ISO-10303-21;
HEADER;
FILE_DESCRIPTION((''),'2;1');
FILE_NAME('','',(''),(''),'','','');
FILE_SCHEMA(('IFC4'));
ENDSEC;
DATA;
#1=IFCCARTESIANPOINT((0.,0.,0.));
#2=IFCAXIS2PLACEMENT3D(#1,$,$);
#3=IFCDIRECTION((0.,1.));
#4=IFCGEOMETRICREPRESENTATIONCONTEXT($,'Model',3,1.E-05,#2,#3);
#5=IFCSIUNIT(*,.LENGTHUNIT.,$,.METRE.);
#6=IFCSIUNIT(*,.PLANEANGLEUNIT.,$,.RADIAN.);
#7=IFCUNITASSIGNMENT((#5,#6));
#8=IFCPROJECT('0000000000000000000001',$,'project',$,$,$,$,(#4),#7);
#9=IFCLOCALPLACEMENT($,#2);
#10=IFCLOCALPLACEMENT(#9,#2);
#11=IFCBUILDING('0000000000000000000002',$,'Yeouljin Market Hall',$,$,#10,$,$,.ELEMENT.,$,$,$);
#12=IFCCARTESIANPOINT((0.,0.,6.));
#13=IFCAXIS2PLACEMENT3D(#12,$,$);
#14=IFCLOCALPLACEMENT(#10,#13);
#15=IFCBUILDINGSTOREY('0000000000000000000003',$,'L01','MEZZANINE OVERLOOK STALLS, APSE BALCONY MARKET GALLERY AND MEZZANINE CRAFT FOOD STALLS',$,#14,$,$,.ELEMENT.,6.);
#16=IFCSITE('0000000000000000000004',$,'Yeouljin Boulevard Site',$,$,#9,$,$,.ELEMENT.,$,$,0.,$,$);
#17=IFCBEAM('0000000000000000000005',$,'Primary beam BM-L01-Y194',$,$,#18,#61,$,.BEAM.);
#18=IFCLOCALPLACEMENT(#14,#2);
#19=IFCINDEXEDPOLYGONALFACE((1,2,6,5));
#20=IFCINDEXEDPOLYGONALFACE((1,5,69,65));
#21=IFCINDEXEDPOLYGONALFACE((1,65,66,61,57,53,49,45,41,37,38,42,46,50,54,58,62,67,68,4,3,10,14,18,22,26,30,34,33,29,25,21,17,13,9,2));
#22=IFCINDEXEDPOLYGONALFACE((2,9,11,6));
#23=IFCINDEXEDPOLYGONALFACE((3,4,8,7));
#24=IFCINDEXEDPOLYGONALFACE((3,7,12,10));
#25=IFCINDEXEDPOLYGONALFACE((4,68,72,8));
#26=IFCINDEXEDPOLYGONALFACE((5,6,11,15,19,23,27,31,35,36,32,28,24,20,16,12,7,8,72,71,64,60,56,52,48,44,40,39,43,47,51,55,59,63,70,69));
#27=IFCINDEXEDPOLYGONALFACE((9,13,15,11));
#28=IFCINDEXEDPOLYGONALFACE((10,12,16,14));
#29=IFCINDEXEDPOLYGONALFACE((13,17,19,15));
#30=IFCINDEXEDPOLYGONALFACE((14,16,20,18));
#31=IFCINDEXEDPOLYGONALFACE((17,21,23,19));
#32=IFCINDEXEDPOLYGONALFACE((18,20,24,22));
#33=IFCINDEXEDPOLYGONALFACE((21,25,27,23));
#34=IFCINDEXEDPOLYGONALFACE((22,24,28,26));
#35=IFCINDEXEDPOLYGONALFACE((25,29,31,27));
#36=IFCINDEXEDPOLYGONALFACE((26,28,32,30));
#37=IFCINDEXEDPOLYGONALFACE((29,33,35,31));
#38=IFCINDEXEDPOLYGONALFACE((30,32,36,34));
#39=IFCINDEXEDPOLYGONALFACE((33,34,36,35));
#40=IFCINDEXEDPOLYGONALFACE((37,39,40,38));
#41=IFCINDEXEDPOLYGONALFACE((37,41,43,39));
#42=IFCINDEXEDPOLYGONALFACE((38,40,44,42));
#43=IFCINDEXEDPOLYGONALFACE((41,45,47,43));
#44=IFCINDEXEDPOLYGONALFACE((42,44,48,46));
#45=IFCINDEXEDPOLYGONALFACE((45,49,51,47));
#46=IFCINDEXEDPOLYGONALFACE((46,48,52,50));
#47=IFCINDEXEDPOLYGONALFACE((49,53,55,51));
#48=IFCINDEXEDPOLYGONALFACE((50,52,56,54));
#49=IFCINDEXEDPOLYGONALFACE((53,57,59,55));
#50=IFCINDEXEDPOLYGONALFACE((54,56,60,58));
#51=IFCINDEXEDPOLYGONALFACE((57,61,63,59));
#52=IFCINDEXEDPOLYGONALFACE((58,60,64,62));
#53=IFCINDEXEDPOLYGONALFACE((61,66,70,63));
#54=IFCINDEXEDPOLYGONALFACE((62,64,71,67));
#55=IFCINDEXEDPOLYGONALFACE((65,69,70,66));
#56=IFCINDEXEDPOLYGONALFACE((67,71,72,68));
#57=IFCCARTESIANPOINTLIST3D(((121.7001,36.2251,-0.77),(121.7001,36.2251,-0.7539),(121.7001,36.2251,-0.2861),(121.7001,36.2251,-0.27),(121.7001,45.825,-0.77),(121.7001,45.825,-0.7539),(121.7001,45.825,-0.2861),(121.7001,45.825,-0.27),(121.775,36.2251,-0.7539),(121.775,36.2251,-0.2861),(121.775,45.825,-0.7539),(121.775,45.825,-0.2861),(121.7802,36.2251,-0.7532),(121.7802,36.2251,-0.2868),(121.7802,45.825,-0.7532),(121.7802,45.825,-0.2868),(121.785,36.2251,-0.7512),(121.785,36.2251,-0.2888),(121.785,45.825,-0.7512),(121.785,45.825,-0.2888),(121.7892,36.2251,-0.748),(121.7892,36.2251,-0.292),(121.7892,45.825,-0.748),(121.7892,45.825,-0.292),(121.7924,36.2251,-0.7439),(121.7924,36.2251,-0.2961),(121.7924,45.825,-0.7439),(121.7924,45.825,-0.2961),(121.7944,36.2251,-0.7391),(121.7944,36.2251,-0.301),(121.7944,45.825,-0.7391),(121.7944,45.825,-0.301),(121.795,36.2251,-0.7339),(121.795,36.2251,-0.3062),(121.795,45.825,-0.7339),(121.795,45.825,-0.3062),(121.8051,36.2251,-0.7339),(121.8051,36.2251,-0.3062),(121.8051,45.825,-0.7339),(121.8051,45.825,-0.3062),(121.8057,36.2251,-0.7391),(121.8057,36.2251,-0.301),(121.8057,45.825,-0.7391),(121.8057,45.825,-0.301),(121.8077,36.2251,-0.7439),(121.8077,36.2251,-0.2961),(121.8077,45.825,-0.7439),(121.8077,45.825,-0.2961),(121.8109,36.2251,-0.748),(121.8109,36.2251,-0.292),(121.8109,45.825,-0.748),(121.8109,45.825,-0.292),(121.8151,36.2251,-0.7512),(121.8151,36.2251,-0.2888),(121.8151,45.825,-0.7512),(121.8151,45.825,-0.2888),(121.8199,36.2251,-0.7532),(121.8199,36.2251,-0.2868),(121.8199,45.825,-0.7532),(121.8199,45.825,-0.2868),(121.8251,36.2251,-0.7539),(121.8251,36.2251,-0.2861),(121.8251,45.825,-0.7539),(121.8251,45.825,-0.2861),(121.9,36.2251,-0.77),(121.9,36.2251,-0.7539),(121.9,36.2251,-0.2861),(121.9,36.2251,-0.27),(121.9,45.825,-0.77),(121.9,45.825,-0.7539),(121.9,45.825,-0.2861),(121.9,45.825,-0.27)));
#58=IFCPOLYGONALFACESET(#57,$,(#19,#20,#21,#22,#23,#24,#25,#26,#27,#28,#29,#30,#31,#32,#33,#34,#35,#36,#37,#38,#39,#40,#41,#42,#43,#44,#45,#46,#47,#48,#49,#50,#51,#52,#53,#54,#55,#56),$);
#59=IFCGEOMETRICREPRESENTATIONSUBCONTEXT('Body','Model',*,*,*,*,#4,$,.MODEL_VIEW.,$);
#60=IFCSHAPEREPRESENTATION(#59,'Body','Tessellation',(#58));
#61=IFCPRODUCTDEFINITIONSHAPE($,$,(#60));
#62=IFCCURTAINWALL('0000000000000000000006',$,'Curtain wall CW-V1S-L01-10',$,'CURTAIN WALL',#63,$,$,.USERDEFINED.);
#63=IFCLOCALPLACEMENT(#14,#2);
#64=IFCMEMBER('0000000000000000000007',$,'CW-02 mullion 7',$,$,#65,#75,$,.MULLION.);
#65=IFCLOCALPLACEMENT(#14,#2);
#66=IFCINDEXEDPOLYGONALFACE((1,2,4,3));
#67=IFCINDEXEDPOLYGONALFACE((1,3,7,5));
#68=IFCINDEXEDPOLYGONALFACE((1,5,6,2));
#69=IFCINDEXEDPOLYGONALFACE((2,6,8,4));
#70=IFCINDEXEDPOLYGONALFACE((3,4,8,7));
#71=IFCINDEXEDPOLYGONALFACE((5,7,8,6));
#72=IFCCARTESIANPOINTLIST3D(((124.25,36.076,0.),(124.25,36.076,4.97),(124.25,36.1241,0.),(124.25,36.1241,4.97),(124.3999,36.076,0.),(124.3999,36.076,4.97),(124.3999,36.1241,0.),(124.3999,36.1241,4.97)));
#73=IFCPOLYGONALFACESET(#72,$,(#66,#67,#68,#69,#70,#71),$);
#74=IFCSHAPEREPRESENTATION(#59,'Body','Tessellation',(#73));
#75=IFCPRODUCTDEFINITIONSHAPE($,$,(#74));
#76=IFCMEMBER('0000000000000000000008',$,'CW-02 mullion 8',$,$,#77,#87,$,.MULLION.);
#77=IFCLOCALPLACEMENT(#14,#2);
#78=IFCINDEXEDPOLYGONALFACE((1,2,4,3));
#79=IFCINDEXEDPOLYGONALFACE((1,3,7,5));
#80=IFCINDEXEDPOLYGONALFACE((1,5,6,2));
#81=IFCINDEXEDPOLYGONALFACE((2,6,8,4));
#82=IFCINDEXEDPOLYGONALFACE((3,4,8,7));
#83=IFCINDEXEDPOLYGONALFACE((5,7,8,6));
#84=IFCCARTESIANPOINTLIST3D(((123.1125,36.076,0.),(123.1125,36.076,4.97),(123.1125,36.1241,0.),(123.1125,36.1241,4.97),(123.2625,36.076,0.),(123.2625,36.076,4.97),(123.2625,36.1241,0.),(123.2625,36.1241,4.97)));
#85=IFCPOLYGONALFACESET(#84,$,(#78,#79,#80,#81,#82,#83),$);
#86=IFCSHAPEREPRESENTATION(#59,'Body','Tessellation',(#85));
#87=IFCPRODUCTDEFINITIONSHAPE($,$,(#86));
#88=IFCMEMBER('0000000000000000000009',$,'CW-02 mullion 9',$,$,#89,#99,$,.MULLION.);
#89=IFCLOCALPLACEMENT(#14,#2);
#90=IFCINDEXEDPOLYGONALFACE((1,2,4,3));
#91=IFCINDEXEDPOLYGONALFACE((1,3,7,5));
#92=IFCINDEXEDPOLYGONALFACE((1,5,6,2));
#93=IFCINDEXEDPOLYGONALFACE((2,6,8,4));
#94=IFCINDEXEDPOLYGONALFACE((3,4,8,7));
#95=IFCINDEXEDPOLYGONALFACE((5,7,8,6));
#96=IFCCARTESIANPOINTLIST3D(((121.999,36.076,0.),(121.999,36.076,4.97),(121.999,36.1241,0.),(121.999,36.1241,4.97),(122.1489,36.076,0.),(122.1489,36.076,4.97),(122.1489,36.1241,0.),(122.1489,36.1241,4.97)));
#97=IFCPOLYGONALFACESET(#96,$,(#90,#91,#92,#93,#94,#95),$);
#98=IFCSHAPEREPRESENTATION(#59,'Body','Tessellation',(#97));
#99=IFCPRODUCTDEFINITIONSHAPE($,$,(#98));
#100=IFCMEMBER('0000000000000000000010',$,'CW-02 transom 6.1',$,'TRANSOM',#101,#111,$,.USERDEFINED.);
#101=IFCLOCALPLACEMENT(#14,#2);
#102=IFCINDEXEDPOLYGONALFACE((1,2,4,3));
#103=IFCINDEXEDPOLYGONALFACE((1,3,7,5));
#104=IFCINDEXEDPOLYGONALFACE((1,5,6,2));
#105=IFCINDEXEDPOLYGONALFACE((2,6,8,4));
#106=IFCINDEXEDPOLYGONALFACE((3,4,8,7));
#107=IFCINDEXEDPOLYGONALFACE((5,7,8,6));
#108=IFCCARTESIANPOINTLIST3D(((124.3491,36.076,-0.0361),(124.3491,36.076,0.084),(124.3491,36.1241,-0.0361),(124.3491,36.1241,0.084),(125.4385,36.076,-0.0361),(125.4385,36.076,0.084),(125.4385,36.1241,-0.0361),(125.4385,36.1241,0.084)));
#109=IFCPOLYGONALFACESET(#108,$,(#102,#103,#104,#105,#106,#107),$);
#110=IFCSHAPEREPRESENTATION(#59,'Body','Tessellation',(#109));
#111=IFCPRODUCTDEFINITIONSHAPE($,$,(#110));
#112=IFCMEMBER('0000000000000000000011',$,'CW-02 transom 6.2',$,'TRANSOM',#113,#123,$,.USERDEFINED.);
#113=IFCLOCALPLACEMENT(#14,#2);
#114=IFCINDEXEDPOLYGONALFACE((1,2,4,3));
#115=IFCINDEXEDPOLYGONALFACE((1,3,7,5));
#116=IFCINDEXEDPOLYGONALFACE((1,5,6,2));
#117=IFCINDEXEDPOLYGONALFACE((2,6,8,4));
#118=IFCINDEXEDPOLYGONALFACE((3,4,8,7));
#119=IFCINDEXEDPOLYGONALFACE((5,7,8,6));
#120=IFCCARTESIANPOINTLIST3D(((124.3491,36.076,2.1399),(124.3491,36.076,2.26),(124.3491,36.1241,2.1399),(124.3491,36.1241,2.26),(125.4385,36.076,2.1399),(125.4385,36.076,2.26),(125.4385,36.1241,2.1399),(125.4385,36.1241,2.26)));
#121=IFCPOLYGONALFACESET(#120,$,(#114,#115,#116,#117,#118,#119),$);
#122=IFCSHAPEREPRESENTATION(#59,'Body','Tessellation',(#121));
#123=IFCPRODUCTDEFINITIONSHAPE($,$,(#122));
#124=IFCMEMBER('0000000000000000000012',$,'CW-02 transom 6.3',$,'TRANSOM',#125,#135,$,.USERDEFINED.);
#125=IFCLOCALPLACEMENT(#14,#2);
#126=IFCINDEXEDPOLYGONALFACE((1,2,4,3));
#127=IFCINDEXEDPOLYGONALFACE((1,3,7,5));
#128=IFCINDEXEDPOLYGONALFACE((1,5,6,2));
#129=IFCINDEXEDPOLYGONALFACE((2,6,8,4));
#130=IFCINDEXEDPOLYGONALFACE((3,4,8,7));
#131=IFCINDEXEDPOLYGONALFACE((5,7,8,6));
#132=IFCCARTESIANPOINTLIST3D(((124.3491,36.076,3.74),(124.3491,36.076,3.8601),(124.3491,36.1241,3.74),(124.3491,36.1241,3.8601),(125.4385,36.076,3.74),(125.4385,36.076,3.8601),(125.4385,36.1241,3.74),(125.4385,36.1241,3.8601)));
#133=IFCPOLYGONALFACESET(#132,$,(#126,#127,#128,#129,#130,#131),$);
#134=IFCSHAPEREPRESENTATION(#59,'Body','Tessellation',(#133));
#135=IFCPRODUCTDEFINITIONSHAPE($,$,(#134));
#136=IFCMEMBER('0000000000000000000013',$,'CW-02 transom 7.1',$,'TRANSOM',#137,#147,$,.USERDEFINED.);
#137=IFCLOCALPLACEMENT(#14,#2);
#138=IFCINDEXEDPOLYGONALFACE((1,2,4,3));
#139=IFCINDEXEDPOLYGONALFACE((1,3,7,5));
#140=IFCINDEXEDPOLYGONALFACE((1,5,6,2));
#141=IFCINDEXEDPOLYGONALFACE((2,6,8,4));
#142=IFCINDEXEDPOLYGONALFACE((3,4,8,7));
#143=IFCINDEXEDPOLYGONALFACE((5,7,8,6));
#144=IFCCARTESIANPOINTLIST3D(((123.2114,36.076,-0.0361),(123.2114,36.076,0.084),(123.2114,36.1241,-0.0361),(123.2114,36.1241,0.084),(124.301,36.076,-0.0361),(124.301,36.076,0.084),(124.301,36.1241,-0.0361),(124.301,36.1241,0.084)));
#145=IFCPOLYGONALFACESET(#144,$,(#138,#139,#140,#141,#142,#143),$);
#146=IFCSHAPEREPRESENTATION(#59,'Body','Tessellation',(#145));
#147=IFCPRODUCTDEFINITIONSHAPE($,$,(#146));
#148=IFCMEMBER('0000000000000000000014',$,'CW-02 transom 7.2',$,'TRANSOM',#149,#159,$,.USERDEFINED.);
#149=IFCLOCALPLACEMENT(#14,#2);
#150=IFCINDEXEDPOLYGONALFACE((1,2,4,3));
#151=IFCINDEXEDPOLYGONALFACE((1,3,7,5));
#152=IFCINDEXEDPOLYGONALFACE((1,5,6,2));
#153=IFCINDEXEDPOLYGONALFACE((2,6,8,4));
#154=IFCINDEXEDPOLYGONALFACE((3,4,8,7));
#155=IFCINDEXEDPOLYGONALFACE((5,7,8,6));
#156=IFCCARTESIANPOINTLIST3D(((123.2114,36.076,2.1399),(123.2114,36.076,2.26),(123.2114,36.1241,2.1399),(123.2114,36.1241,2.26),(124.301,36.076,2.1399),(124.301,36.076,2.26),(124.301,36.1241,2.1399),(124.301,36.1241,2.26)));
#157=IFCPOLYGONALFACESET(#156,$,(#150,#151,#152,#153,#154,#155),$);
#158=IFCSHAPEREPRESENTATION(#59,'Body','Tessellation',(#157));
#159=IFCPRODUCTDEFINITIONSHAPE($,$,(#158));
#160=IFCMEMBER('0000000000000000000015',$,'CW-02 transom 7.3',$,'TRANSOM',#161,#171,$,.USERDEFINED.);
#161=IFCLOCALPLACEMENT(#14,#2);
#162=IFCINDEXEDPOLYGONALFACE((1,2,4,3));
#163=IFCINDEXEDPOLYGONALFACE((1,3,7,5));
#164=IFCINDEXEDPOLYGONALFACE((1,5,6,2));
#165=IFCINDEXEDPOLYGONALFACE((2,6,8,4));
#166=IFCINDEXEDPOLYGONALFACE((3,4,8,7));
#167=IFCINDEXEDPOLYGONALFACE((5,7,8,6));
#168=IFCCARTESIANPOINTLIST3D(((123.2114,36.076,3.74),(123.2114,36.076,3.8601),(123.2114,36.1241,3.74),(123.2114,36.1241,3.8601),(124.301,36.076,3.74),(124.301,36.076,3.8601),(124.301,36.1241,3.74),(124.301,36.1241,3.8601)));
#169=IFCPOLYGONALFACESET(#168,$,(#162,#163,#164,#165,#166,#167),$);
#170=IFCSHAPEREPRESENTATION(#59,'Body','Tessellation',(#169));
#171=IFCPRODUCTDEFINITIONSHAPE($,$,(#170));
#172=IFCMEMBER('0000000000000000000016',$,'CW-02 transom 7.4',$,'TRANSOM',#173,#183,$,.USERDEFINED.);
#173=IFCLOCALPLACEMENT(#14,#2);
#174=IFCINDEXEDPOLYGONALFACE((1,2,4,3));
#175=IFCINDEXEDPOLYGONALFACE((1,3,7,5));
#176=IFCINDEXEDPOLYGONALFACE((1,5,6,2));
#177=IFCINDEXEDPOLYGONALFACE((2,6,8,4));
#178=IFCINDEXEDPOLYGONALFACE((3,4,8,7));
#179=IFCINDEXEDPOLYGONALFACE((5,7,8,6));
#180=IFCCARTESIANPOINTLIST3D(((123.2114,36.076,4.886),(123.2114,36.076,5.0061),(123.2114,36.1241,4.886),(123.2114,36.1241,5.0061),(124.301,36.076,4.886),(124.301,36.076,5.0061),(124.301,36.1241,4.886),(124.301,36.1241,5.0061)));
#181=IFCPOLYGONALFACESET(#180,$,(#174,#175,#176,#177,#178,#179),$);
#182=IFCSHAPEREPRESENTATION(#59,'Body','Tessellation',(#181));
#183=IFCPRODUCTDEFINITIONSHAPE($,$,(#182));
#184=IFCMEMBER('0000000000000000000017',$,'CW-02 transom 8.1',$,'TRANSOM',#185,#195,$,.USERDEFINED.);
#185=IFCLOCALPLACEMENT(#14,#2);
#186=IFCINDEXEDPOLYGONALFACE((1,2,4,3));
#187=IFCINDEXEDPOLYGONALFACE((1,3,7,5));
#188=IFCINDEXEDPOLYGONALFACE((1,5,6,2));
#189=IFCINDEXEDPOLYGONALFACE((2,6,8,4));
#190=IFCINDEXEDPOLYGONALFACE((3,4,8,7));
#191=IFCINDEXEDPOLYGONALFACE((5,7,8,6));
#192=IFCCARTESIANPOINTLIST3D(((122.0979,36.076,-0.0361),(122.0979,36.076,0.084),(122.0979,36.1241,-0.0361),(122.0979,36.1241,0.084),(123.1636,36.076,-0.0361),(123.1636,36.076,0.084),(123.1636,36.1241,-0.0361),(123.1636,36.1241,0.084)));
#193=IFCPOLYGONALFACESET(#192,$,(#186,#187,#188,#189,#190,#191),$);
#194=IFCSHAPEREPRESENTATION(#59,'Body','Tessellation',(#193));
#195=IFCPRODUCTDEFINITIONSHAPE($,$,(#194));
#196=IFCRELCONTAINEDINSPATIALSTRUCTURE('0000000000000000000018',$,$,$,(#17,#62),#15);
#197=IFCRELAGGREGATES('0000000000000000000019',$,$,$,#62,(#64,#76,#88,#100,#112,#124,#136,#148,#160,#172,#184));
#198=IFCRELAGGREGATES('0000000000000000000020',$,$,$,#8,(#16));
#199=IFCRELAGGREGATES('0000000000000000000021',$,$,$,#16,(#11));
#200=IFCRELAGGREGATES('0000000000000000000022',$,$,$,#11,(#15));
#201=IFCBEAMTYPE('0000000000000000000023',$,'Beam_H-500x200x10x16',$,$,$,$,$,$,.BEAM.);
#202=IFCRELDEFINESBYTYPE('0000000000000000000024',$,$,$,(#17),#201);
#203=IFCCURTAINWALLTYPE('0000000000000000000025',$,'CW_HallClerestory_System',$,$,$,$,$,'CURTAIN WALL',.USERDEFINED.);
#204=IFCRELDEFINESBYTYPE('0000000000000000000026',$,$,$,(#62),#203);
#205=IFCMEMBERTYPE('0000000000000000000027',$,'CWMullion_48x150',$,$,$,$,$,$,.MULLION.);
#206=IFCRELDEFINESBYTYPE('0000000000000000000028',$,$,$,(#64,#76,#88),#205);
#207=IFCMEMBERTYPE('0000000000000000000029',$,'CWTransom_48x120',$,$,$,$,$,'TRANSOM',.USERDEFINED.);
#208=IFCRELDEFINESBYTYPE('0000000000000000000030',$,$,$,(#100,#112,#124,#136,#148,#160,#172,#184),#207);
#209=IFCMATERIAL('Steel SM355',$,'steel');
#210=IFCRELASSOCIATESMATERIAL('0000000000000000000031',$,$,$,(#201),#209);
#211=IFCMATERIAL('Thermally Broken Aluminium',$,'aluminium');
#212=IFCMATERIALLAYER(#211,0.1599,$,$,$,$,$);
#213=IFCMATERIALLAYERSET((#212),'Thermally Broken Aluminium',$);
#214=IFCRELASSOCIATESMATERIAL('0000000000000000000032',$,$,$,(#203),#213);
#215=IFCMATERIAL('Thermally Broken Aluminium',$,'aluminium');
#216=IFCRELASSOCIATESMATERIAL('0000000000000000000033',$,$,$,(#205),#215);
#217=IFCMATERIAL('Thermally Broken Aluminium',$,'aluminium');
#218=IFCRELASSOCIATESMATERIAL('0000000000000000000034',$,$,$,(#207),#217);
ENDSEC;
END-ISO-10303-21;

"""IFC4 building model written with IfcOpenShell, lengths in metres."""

from ifc_helpers import new_model, si_unit, direction, frame, origin, origin_2d, place, context, subcontext, project, spatial, rectangle, i_section, extrude, material, layer, layer_set, material_profile, profile_set, type_object, element, aggregate, save


model = new_model("IFC4")

# Units and contexts
model_context = context("Model", 3, precision=1e-05, world=origin(), true_north=direction((0.0, 1.0)))
body_context = subcontext(model_context, "Body", "Model", "MODEL_VIEW")
ifc_project = project(units=[si_unit("LENGTHUNIT", "METRE"), si_unit("PLANEANGLEUNIT", "RADIAN")], contexts=[model_context])

# Site, building, storey
site_placement = place(None, origin())
site = spatial("IfcSite", under=ifc_project, at=site_placement, Name="Yeouljin Boulevard Site", CompositionType="ELEMENT", RefElevation=0.0)
building_placement = place(site_placement, origin())
building = spatial("IfcBuilding", under=site, at=building_placement, Name="Yeouljin Market Hall", CompositionType="ELEMENT")
storey_placement = place(building_placement, frame((0.0, 0.0, 6.0)))
storey = spatial("IfcBuildingStorey", under=building, at=storey_placement, Name="L01", Description="MEZZANINE OVERLOOK STALLS, APSE BALCONY MARKET GALLERY AND MEZZANINE CRAFT FOOD STALLS", CompositionType="ELEMENT", Elevation=6.0)

# Beam
ifc_material_1 = material(Name="Steel SM355", Category="steel")
ifc_material_profile_1 = material_profile(ifc_material_1, i_section(OverallWidth=0.2, OverallDepth=0.5, WebThickness=0.01, FlangeThickness=0.0161, FilletRadius=0.02, at=origin_2d()), Name="H-500x200x10x16")
ifc_profile_set_1 = profile_set([ifc_material_profile_1], Name="Steel SM355")
beam_type_1 = type_object("IfcBeamType", Name="Beam_H-500x200x10x16", PredefinedType="BEAM", material=ifc_profile_set_1)
beam_1_placement = place(storey_placement, frame((121.8, 36.2251, -0.52), z_axis=(0.0, 1.0, 0.0), x_axis=(-1.0, 0.0, 0.0)))
element("IfcBeam", 1, at=beam_1_placement, inside=storey, type_object=beam_type_1, Name="Primary beam BM-L01-Y194", PredefinedType="BEAM", context=body_context, shape_type="SweptSolid", body=[
    extrude(i_section(OverallWidth=0.2, OverallDepth=0.5, WebThickness=0.01, FlangeThickness=0.0161, FilletRadius=0.02, at=origin_2d()), origin(), (0.0, 0.0, 1.0), 9.5999),
])

# Curtain wall, members
ifc_material_2 = material(Name="Thermally Broken Aluminium", Category="aluminium")
ifc_layer_1 = layer(ifc_material_2, 0.1599)
ifc_layer_set_1 = layer_set([ifc_layer_1], Name="Thermally Broken Aluminium")
curtain_wall_type = type_object("IfcCurtainWallType", Name="CW_HallClerestory_System", ElementType="CURTAIN WALL", PredefinedType="USERDEFINED", material=ifc_layer_set_1)
curtain_wall_placement = place(storey_placement, origin())
curtain_wall = element("IfcCurtainWall", 2, at=curtain_wall_placement, inside=storey, type_object=curtain_wall_type, Name="Curtain wall CW-V1S-L01-10", ObjectType="CURTAIN WALL", PredefinedType="USERDEFINED")
ifc_material_3 = material(Name="Thermally Broken Aluminium", Category="aluminium")
ifc_material_profile_2 = material_profile(ifc_material_3, rectangle(XDim=0.0481, YDim=0.1499, at=origin_2d()), Name="CW-MULL-48x150")
ifc_profile_set_2 = profile_set([ifc_material_profile_2], Name="Thermally Broken Aluminium")
member_type_1 = type_object("IfcMemberType", Name="CWMullion_48x150", PredefinedType="MULLION", material=ifc_profile_set_2)
member_1_placement = place(storey_placement, frame((124.325, 36.1001, 0.0), z_axis=(0.0, 0.0, 1.0), x_axis=(0.0, -1.0, 0.0)))
member_1 = element("IfcMember", 3, at=member_1_placement, type_object=member_type_1, Name="CW-02 mullion 7", PredefinedType="MULLION", context=body_context, shape_type="SweptSolid", body=[
    extrude(rectangle(XDim=0.0481, YDim=0.1499, at=origin_2d()), origin(), (0.0, 0.0, 1.0), 4.97),
])
member_2_placement = place(storey_placement, frame((123.1875, 36.1001, 0.0), z_axis=(0.0, 0.0, 1.0), x_axis=(0.0, -1.0, 0.0)))
member_2 = element("IfcMember", 4, at=member_2_placement, type_object=member_type_1, Name="CW-02 mullion 8", PredefinedType="MULLION", context=body_context, shape_type="SweptSolid", body=[
    extrude(rectangle(XDim=0.0481, YDim=0.1499, at=origin_2d()), origin(), (0.0, 0.0, 1.0), 4.97),
])
member_3_placement = place(storey_placement, frame((122.074, 36.1001, 0.0), z_axis=(0.0, 0.0, 1.0), x_axis=(0.0, -1.0, 0.0)))
member_3 = element("IfcMember", 5, at=member_3_placement, type_object=member_type_1, Name="CW-02 mullion 9", PredefinedType="MULLION", context=body_context, shape_type="SweptSolid", body=[
    extrude(rectangle(XDim=0.0481, YDim=0.1499, at=origin_2d()), origin(), (0.0, 0.0, 1.0), 4.97),
])
ifc_material_4 = material(Name="Thermally Broken Aluminium", Category="aluminium")
ifc_material_profile_3 = material_profile(ifc_material_4, rectangle(XDim=0.0481, YDim=0.1201, at=origin_2d()), Name="CW-TRAN-48x120")
ifc_profile_set_3 = profile_set([ifc_material_profile_3], Name="Thermally Broken Aluminium")
member_type_2 = type_object("IfcMemberType", Name="CWTransom_48x120", ElementType="TRANSOM", PredefinedType="USERDEFINED", material=ifc_profile_set_3)
member_4_placement = place(storey_placement, frame((125.4385, 36.1001, 0.0239), z_axis=(-1.0, 0.0, 0.0), x_axis=(0.0, -1.0, 0.0)))
member_4 = element("IfcMember", 6, at=member_4_placement, type_object=member_type_2, Name="CW-02 transom 6.1", ObjectType="TRANSOM", PredefinedType="USERDEFINED", context=body_context, shape_type="SweptSolid", body=[
    extrude(rectangle(XDim=0.0481, YDim=0.1201, at=origin_2d()), origin(), (0.0, 0.0, 1.0), 1.0894),
])
member_5_placement = place(storey_placement, frame((125.4385, 36.1001, 2.2), z_axis=(-1.0, 0.0, 0.0), x_axis=(0.0, -1.0, 0.0)))
member_5 = element("IfcMember", 7, at=member_5_placement, type_object=member_type_2, Name="CW-02 transom 6.2", ObjectType="TRANSOM", PredefinedType="USERDEFINED", context=body_context, shape_type="SweptSolid", body=[
    extrude(rectangle(XDim=0.0481, YDim=0.1201, at=origin_2d()), origin(), (0.0, 0.0, 1.0), 1.0894),
])
member_6_placement = place(storey_placement, frame((125.4385, 36.1001, 3.8), z_axis=(-1.0, 0.0, 0.0), x_axis=(0.0, -1.0, 0.0)))
member_6 = element("IfcMember", 8, at=member_6_placement, type_object=member_type_2, Name="CW-02 transom 6.3", ObjectType="TRANSOM", PredefinedType="USERDEFINED", context=body_context, shape_type="SweptSolid", body=[
    extrude(rectangle(XDim=0.0481, YDim=0.1201, at=origin_2d()), origin(), (0.0, 0.0, 1.0), 1.0894),
])
member_7_placement = place(storey_placement, frame((124.301, 36.1001, 0.0239), z_axis=(-1.0, 0.0, 0.0), x_axis=(0.0, -1.0, 0.0)))
member_7 = element("IfcMember", 9, at=member_7_placement, type_object=member_type_2, Name="CW-02 transom 7.1", ObjectType="TRANSOM", PredefinedType="USERDEFINED", context=body_context, shape_type="SweptSolid", body=[
    extrude(rectangle(XDim=0.0481, YDim=0.1201, at=origin_2d()), origin(), (0.0, 0.0, 1.0), 1.0896),
])
member_8_placement = place(storey_placement, frame((124.301, 36.1001, 2.2), z_axis=(-1.0, 0.0, 0.0), x_axis=(0.0, -1.0, 0.0)))
member_8 = element("IfcMember", 10, at=member_8_placement, type_object=member_type_2, Name="CW-02 transom 7.2", ObjectType="TRANSOM", PredefinedType="USERDEFINED", context=body_context, shape_type="SweptSolid", body=[
    extrude(rectangle(XDim=0.0481, YDim=0.1201, at=origin_2d()), origin(), (0.0, 0.0, 1.0), 1.0896),
])
member_9_placement = place(storey_placement, frame((124.301, 36.1001, 3.8), z_axis=(-1.0, 0.0, 0.0), x_axis=(0.0, -1.0, 0.0)))
member_9 = element("IfcMember", 11, at=member_9_placement, type_object=member_type_2, Name="CW-02 transom 7.3", ObjectType="TRANSOM", PredefinedType="USERDEFINED", context=body_context, shape_type="SweptSolid", body=[
    extrude(rectangle(XDim=0.0481, YDim=0.1201, at=origin_2d()), origin(), (0.0, 0.0, 1.0), 1.0896),
])
member_10_placement = place(storey_placement, frame((124.301, 36.1001, 4.946), z_axis=(-1.0, 0.0, 0.0), x_axis=(0.0, -1.0, 0.0)))
member_10 = element("IfcMember", 12, at=member_10_placement, type_object=member_type_2, Name="CW-02 transom 7.4", ObjectType="TRANSOM", PredefinedType="USERDEFINED", context=body_context, shape_type="SweptSolid", body=[
    extrude(rectangle(XDim=0.0481, YDim=0.1201, at=origin_2d()), origin(), (0.0, 0.0, 1.0), 1.0896),
])
member_11_placement = place(storey_placement, frame((123.1636, 36.1001, 0.0239), z_axis=(-1.0, 0.0, 0.0), x_axis=(0.0, -1.0, 0.0)))
member_11 = element("IfcMember", 13, at=member_11_placement, type_object=member_type_2, Name="CW-02 transom 8.1", ObjectType="TRANSOM", PredefinedType="USERDEFINED", context=body_context, shape_type="SweptSolid", body=[
    extrude(rectangle(XDim=0.0481, YDim=0.1201, at=origin_2d()), origin(), (0.0, 0.0, 1.0), 1.0657),
])

aggregate(curtain_wall, [member_1, member_2, member_3, member_4, member_5, member_6, member_7, member_8, member_9, member_10, member_11])

save(model, "model.ifc")
